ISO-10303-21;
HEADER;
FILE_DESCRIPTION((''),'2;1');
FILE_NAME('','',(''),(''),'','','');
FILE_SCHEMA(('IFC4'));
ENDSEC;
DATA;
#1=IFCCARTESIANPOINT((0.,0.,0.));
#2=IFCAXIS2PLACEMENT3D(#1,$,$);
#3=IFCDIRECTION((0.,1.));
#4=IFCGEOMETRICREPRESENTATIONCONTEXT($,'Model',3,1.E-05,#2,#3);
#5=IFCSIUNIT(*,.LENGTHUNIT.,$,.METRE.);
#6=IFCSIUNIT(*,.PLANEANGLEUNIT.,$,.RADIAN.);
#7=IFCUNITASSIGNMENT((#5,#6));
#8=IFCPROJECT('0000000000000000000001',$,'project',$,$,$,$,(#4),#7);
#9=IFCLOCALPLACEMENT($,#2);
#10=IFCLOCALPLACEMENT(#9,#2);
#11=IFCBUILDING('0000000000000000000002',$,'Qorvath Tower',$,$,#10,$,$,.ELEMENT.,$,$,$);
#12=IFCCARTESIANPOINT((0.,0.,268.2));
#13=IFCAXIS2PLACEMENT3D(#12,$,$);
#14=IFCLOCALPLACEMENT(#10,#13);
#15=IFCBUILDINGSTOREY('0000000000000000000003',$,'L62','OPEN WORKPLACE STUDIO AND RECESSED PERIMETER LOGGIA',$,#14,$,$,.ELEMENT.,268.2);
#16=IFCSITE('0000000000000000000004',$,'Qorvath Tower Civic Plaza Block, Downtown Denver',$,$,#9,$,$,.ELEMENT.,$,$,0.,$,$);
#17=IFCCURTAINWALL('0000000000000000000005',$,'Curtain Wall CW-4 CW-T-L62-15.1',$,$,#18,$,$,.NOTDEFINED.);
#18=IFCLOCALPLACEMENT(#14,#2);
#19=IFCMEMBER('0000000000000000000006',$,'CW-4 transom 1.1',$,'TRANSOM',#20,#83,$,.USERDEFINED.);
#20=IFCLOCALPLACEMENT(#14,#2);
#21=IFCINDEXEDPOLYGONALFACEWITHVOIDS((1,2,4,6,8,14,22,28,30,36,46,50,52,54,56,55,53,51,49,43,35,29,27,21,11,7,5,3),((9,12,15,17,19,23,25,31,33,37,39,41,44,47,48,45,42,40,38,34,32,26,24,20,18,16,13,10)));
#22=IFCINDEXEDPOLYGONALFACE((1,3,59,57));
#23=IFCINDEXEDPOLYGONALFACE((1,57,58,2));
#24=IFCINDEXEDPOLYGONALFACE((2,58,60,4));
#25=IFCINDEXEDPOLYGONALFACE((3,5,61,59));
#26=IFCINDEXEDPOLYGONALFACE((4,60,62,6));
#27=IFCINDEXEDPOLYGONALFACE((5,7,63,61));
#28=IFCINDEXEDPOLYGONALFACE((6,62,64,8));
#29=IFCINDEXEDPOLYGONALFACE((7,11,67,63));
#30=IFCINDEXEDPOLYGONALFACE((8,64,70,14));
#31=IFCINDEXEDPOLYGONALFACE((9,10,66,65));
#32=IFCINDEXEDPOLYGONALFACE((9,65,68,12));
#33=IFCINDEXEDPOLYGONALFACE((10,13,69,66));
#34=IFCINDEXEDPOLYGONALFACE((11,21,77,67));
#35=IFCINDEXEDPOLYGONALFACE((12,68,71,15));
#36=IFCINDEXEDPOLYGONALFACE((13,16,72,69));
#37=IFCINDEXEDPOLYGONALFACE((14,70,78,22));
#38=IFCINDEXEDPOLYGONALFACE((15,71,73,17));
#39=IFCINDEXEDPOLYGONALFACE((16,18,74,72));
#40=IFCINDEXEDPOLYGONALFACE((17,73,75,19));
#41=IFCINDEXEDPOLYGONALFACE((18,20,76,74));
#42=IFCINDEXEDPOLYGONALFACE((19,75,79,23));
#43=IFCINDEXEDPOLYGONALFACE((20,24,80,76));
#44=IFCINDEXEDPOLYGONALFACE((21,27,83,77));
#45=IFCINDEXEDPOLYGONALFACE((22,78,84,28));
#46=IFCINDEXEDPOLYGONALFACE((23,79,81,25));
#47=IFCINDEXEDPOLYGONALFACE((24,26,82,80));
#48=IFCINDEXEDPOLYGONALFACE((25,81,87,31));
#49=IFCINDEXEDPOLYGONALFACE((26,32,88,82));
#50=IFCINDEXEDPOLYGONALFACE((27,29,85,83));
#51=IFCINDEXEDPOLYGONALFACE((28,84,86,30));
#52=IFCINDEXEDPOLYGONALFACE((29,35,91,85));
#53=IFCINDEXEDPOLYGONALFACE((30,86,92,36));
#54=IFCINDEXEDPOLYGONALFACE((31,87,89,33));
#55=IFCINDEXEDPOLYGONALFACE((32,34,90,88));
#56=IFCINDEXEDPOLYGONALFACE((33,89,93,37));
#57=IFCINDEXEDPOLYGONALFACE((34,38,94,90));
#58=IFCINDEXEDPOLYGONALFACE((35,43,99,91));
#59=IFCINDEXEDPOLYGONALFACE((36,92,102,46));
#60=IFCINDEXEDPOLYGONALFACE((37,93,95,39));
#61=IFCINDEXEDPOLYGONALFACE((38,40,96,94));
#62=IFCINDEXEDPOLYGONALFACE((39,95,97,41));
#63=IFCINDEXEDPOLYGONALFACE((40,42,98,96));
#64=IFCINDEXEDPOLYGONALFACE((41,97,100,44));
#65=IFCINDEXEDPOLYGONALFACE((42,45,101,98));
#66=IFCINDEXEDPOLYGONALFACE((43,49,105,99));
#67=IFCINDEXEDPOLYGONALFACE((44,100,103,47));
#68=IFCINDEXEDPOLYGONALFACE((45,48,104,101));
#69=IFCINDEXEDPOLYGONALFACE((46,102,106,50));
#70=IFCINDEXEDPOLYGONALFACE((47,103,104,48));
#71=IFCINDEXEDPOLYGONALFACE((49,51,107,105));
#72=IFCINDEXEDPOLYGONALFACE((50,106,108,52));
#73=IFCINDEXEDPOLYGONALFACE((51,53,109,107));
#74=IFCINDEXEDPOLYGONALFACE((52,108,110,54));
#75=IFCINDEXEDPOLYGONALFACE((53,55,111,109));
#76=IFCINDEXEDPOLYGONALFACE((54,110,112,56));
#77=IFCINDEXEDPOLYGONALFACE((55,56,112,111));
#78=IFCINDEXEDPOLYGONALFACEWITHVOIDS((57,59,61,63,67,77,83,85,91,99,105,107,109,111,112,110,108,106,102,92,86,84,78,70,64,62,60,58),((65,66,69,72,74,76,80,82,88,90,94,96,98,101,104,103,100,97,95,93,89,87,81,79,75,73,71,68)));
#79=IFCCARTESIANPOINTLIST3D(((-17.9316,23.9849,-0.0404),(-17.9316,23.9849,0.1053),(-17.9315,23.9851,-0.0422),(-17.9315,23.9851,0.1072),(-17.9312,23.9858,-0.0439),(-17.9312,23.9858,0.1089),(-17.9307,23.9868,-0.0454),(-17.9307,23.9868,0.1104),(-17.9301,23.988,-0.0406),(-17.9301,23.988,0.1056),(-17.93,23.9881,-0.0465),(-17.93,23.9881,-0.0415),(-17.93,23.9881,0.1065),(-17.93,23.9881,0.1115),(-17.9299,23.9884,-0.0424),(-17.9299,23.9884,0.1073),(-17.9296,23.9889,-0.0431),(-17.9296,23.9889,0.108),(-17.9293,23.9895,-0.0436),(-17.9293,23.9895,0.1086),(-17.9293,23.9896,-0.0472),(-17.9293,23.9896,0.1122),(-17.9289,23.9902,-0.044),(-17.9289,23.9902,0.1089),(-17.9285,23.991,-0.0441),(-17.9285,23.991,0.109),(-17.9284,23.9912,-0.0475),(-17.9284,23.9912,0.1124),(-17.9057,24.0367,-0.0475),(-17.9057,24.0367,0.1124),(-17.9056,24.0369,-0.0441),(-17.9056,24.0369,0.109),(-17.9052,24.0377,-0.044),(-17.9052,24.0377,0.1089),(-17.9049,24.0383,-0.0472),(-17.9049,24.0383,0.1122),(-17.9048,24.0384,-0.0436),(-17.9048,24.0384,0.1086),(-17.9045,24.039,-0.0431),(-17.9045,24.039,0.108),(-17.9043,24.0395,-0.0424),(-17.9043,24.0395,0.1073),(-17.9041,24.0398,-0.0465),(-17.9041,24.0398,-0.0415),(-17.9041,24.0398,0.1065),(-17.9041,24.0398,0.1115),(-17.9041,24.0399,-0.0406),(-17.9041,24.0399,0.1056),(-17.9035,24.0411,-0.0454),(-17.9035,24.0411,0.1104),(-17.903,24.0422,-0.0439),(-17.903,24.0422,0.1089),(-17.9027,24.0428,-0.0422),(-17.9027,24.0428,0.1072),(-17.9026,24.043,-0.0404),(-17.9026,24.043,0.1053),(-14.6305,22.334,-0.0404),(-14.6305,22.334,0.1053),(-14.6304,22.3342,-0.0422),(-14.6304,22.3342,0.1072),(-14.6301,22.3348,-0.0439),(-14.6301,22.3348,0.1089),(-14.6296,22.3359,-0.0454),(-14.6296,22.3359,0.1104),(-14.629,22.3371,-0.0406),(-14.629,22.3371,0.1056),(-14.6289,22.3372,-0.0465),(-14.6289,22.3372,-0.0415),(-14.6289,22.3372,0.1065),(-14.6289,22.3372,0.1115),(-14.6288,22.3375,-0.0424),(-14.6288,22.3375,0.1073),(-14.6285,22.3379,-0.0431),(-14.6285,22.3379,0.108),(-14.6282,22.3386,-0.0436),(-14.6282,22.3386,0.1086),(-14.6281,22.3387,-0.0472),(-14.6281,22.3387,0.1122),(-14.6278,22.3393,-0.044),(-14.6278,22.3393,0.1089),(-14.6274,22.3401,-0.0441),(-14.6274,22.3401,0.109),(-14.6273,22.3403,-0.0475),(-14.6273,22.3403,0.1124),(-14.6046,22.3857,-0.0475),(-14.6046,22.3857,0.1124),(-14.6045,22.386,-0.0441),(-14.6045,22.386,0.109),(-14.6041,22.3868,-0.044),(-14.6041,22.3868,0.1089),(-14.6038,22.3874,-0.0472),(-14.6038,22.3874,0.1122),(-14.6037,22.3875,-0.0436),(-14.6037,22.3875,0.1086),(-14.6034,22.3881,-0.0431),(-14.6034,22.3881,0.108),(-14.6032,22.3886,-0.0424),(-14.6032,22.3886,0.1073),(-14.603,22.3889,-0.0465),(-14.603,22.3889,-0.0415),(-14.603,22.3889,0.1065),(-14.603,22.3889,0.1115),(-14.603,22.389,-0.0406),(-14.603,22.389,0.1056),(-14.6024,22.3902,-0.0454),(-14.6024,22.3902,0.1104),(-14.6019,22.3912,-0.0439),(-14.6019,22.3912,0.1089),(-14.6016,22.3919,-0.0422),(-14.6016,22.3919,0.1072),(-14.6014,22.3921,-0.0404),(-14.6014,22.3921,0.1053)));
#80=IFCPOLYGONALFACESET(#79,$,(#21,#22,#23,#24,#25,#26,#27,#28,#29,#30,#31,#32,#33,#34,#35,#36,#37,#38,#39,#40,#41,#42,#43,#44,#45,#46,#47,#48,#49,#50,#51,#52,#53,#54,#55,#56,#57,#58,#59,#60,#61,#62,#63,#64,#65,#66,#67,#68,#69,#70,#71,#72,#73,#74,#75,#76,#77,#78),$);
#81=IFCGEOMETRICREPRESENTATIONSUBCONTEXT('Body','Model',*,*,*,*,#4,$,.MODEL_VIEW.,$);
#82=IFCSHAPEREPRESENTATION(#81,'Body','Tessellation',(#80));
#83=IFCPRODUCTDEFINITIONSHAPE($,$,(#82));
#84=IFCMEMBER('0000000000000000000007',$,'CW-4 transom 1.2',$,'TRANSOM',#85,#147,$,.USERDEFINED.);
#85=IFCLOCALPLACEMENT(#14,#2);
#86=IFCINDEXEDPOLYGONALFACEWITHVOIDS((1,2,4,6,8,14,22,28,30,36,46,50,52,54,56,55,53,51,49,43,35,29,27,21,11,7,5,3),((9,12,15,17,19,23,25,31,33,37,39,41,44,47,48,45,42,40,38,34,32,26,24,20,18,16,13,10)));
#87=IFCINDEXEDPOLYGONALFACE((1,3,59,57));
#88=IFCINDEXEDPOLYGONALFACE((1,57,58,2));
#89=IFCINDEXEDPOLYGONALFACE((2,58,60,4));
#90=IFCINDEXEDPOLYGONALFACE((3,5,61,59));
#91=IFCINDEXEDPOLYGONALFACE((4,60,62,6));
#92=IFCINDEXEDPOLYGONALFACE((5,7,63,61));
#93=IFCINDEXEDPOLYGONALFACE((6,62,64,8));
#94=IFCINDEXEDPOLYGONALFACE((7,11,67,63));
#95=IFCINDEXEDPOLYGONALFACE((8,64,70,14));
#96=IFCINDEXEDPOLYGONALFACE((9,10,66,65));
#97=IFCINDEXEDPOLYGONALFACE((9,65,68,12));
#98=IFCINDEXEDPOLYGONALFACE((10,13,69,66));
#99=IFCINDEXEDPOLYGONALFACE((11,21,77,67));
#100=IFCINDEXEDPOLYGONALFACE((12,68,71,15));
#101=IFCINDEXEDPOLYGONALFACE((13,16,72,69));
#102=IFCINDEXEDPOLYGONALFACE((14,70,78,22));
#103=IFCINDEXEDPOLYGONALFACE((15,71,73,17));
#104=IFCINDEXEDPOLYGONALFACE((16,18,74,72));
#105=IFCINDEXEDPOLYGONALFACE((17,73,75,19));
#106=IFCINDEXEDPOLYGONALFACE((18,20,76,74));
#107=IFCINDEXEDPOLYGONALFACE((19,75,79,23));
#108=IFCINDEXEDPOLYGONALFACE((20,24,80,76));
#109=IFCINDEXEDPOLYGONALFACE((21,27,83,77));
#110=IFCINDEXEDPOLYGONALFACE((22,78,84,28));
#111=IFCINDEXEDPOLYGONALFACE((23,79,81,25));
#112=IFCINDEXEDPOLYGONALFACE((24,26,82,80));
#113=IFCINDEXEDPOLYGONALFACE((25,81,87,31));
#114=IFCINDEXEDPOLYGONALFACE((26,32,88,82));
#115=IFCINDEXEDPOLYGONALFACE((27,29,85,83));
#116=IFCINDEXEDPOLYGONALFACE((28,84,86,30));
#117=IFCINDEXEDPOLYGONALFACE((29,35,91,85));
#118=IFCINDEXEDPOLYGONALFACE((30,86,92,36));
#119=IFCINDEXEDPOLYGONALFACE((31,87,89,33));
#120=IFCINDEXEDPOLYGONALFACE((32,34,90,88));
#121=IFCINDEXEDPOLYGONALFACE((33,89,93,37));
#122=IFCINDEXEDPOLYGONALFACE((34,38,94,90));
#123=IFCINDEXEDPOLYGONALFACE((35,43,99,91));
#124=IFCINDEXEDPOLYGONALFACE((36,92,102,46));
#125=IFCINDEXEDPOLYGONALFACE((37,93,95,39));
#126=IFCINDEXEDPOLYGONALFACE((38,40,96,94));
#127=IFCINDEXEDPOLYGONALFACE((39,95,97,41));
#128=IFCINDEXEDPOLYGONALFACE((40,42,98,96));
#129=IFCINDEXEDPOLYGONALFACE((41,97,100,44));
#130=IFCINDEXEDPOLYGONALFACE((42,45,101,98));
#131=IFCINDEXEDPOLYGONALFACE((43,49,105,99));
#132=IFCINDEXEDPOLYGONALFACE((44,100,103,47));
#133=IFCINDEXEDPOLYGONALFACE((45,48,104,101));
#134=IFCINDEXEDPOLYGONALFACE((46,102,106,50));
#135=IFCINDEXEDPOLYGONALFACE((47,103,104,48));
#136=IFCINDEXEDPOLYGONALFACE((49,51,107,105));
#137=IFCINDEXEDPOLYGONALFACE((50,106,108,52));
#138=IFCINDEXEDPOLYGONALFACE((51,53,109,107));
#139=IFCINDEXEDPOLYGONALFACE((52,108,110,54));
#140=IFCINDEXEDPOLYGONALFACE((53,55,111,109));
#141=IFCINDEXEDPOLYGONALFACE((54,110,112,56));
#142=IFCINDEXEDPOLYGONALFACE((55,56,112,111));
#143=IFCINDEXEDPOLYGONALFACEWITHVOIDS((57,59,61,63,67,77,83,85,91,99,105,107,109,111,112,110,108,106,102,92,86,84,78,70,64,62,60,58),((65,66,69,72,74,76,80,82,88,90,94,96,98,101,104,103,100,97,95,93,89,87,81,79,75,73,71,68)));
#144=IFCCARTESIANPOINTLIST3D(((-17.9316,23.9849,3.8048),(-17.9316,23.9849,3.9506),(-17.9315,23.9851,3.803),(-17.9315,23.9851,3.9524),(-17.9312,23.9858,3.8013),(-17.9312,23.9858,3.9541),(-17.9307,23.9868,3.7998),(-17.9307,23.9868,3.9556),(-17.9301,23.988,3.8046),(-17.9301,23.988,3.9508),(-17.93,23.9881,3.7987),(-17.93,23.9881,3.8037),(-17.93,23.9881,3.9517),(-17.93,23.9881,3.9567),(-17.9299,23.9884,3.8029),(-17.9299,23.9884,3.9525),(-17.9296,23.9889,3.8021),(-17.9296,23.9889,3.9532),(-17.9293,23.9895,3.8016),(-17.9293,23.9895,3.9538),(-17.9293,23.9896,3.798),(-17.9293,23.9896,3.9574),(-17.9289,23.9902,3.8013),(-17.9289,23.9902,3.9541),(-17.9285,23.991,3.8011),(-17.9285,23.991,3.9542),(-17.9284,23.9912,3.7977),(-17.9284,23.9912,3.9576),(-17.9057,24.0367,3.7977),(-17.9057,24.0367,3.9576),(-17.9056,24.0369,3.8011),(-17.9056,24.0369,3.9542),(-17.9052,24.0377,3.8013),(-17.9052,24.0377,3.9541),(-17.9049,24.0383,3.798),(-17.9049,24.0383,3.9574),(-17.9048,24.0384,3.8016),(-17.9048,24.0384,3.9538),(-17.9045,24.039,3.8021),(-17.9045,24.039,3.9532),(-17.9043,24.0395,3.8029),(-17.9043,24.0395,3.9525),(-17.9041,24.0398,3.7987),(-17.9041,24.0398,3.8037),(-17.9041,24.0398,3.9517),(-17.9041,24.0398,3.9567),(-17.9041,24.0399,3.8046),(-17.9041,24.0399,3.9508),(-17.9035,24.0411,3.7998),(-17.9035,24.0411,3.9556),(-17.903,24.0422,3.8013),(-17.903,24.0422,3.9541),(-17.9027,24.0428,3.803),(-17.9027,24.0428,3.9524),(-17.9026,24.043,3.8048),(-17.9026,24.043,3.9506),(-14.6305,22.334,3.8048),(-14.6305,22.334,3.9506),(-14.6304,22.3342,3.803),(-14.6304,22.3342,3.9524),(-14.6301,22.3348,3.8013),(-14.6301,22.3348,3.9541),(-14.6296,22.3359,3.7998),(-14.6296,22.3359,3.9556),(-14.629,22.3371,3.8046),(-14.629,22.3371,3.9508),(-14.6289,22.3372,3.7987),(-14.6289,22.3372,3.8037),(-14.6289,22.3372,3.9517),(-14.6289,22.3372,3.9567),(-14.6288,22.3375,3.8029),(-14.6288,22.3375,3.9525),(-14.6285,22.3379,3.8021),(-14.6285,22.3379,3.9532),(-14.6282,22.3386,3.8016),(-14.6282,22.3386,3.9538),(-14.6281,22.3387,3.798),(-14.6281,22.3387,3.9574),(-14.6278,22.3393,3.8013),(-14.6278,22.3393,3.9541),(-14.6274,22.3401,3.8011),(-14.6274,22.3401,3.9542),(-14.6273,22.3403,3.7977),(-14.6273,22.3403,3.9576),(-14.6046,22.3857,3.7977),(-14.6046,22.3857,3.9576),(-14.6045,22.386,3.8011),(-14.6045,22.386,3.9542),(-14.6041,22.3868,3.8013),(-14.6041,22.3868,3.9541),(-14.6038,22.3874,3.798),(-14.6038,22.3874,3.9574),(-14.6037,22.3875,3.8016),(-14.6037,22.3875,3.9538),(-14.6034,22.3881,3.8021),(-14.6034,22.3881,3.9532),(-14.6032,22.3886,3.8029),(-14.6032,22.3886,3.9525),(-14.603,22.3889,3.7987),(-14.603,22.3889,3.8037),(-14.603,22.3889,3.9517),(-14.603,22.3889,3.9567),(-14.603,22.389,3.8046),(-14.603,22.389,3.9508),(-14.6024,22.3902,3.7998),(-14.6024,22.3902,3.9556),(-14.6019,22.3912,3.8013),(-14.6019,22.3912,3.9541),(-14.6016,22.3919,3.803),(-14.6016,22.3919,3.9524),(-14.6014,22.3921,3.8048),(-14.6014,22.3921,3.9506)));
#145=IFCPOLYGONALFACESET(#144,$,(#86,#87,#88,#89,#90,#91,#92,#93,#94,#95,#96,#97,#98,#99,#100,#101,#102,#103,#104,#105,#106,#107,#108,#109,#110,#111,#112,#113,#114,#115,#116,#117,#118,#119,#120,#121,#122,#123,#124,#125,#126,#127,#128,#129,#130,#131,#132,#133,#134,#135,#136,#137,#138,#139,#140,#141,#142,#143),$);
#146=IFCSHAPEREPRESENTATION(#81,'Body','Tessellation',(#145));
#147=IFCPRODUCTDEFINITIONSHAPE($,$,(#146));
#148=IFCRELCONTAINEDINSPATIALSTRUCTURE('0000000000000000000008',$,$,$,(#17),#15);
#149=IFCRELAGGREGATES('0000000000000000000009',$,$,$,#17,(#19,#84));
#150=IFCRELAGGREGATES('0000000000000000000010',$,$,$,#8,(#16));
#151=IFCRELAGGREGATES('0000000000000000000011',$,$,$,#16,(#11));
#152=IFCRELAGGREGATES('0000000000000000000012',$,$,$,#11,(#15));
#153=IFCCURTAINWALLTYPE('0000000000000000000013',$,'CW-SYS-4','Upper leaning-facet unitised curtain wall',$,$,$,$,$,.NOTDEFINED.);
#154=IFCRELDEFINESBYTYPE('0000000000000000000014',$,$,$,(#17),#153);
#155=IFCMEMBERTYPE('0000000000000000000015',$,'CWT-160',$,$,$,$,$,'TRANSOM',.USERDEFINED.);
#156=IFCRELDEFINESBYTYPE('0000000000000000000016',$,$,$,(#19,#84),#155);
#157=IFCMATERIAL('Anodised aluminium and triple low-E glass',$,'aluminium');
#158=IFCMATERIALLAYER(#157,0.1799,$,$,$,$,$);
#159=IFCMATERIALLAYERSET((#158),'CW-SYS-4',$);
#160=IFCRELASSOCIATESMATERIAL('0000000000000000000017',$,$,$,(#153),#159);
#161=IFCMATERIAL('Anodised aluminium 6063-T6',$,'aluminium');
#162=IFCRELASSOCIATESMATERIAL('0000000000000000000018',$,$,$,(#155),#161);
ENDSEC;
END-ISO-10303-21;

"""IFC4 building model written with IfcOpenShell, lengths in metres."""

from ifc_helpers import new_model, si_unit, direction, frame, origin, origin_2d, place, context, subcontext, project, spatial, hollow_rectangle, extrude, material, layer, layer_set, material_profile, profile_set, type_object, element, aggregate, save


model = new_model("IFC4")

# Units and contexts
model_context = context("Model", 3, precision=1e-05, world=origin(), true_north=direction((0.0, 1.0)))
body_context = subcontext(model_context, "Body", "Model", "MODEL_VIEW")
ifc_project = project(units=[si_unit("LENGTHUNIT", "METRE"), si_unit("PLANEANGLEUNIT", "RADIAN")], contexts=[model_context])

# Site, building, storey
site_placement = place(None, origin())
site = spatial("IfcSite", under=ifc_project, at=site_placement, Name="Qorvath Tower Civic Plaza Block, Downtown Denver", CompositionType="ELEMENT", RefElevation=0.0)
building_placement = place(site_placement, origin())
building = spatial("IfcBuilding", under=site, at=building_placement, Name="Qorvath Tower", CompositionType="ELEMENT")
storey_placement = place(building_placement, frame((0.0, 0.0, 268.2)))
storey = spatial("IfcBuildingStorey", under=building, at=storey_placement, Name="L62", Description="OPEN WORKPLACE STUDIO AND RECESSED PERIMETER LOGGIA", CompositionType="ELEMENT", Elevation=268.2)

# Shared definitions
ifc_material_1 = material(Name="Anodised aluminium and triple low-E glass", Category="aluminium")
ifc_layer_1 = layer(ifc_material_1, 0.1799)
ifc_layer_set_1 = layer_set([ifc_layer_1], Name="CW-SYS-4")
curtain_wall_type = type_object("IfcCurtainWallType", Name="CW-SYS-4", Description="Upper leaning-facet unitised curtain wall", PredefinedType="NOTDEFINED", material=ifc_layer_set_1)

# Curtain wall
curtain_wall_1_placement = place(storey_placement, origin())
curtain_wall_1 = element("IfcCurtainWall", 1, at=curtain_wall_1_placement, inside=storey, type_object=curtain_wall_type, Name="Curtain Wall CW-4 CW-T-L62-15.1", PredefinedType="NOTDEFINED")

# Members
ifc_material_2 = material(Name="Anodised aluminium 6063-T6", Category="aluminium")
ifc_material_profile_1 = material_profile(ifc_material_2, hollow_rectangle(XDim=0.0649, YDim=0.1599, WallThickness=0.0034, InnerFilletRadius=0.0034, OuterFilletRadius=0.0071, at=origin_2d()), Name="CWT 160x65")
ifc_profile_set_1 = profile_set([ifc_material_profile_1], Name="Anodised aluminium 6063-T6")
member_type_1 = type_object("IfcMemberType", Name="CWT-160", ElementType="TRANSOM", PredefinedType="USERDEFINED", material=ifc_profile_set_1)
member_1_placement = place(storey_placement, frame((-14.616, 22.363, 0.0325), z_axis=(-0.894387, 0.447293, 0.0), x_axis=(-0.447293, -0.894387, 0.0)))
member_1 = element("IfcMember", 2, at=member_1_placement, type_object=member_type_1, Name="CW-4 transom 1.1", ObjectType="TRANSOM", PredefinedType="USERDEFINED", context=body_context, shape_type="SweptSolid", body=[
    extrude(hollow_rectangle(XDim=0.0649, YDim=0.1599, WallThickness=0.0034, InnerFilletRadius=0.0034, OuterFilletRadius=0.0071, at=origin_2d()), origin(), (0.0, 0.0, 1.0), 3.6909),
])
member_2_placement = place(storey_placement, frame((-14.616, 22.363, 3.8777), z_axis=(-0.894387, 0.447293, 0.0), x_axis=(-0.447293, -0.894387, 0.0)))
member_2 = element("IfcMember", 3, at=member_2_placement, type_object=member_type_1, Name="CW-4 transom 1.2", ObjectType="TRANSOM", PredefinedType="USERDEFINED", context=body_context, shape_type="SweptSolid", body=[
    extrude(hollow_rectangle(XDim=0.0649, YDim=0.1599, WallThickness=0.0034, InnerFilletRadius=0.0034, OuterFilletRadius=0.0071, at=origin_2d()), origin(), (0.0, 0.0, 1.0), 3.6909),
])

aggregate(curtain_wall_1, [member_1, member_2])

save(model, "model.ifc")
